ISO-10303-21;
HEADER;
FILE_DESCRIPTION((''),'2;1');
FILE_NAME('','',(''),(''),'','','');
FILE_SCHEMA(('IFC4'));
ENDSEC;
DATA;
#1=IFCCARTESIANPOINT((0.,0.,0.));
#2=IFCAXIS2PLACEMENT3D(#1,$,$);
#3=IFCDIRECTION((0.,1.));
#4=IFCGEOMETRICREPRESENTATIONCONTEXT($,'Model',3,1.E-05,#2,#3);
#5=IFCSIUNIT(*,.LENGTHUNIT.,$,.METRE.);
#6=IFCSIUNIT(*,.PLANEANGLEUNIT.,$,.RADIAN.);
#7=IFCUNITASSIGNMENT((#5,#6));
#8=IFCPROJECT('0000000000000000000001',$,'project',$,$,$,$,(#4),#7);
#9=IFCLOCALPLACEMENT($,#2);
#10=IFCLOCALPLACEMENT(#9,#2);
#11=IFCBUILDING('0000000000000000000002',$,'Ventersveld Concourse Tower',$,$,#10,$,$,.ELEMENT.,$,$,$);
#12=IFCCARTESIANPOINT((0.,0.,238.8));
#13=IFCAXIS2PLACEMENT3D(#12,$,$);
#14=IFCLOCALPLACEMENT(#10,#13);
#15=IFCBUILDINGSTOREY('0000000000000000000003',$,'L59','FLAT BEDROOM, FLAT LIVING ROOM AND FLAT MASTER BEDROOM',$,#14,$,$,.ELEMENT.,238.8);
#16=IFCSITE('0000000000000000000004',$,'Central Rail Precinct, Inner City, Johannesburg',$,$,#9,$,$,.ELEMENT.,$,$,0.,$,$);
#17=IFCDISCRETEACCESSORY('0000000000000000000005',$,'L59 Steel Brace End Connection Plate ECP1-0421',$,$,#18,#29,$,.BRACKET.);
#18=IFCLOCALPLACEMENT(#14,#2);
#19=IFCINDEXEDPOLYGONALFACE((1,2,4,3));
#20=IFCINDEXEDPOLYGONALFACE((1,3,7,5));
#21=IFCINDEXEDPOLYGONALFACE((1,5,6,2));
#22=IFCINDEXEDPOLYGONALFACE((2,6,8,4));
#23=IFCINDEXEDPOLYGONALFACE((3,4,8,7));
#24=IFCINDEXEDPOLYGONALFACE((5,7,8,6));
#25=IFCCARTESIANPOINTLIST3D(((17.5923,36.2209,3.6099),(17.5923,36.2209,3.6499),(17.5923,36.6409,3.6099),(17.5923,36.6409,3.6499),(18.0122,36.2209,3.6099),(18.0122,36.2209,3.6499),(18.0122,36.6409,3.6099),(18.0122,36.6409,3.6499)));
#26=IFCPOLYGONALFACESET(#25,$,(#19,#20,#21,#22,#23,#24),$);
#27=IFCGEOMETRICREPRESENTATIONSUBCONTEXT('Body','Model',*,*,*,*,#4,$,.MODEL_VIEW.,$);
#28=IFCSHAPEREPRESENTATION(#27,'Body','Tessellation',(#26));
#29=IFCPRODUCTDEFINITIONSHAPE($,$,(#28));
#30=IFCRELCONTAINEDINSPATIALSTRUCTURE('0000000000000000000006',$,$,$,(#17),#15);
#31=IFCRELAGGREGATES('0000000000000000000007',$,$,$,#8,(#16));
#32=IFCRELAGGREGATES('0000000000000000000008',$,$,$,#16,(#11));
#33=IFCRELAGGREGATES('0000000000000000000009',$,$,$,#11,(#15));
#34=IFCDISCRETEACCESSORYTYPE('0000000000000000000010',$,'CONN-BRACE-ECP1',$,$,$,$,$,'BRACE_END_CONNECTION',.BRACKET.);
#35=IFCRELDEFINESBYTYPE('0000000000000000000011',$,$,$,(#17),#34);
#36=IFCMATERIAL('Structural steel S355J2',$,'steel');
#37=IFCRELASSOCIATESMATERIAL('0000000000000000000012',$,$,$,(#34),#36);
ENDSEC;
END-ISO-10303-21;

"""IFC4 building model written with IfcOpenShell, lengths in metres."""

from ifc_helpers import new_model, si_unit, direction, frame, origin, origin_2d, place, context, subcontext, project, spatial, rectangle, extrude, material, type_object, element, save


model = new_model("IFC4")

# Units and contexts
model_context = context("Model", 3, precision=1e-05, world=origin(), true_north=direction((0.0, 1.0)))
body_context = subcontext(model_context, "Body", "Model", "MODEL_VIEW")
ifc_project = project(units=[si_unit("LENGTHUNIT", "METRE"), si_unit("PLANEANGLEUNIT", "RADIAN")], contexts=[model_context])

# Site, building, storey
site_placement = place(None, origin())
site = spatial("IfcSite", under=ifc_project, at=site_placement, Name="Central Rail Precinct, Inner City, Johannesburg", CompositionType="ELEMENT", RefElevation=0.0)
building_placement = place(site_placement, origin())
building = spatial("IfcBuilding", under=site, at=building_placement, Name="Ventersveld Concourse Tower", CompositionType="ELEMENT")
storey_placement = place(building_placement, frame((0.0, 0.0, 238.8)))
storey = spatial("IfcBuildingStorey", under=building, at=storey_placement, Name="L59", Description="FLAT BEDROOM, FLAT LIVING ROOM AND FLAT MASTER BEDROOM", CompositionType="ELEMENT", Elevation=238.8)

# Shared definitions
ifc_material_1 = material(Name="Structural steel S355J2", Category="steel")

# Discrete accessory
discrete_accessory_type = type_object("IfcDiscreteAccessoryType", Name="CONN-BRACE-ECP1", ElementType="BRACE_END_CONNECTION", PredefinedType="BRACKET", material=ifc_material_1)
discrete_accessory_placement = place(storey_placement, frame((17.8022, 36.4309, 3.6099), z_axis=(0.0, 0.0, 1.0), x_axis=(1.0, 0.0, 0.0)))
element("IfcDiscreteAccessory", 1, at=discrete_accessory_placement, inside=storey, type_object=discrete_accessory_type, Name="L59 Steel Brace End Connection Plate ECP1-0421", PredefinedType="BRACKET", context=body_context, shape_type="SweptSolid", body=[
    extrude(rectangle(XDim=0.4199, YDim=0.4199, at=origin_2d()), origin(), (0.0, 0.0, 1.0), 0.04),
])

save(model, "model.ifc")
